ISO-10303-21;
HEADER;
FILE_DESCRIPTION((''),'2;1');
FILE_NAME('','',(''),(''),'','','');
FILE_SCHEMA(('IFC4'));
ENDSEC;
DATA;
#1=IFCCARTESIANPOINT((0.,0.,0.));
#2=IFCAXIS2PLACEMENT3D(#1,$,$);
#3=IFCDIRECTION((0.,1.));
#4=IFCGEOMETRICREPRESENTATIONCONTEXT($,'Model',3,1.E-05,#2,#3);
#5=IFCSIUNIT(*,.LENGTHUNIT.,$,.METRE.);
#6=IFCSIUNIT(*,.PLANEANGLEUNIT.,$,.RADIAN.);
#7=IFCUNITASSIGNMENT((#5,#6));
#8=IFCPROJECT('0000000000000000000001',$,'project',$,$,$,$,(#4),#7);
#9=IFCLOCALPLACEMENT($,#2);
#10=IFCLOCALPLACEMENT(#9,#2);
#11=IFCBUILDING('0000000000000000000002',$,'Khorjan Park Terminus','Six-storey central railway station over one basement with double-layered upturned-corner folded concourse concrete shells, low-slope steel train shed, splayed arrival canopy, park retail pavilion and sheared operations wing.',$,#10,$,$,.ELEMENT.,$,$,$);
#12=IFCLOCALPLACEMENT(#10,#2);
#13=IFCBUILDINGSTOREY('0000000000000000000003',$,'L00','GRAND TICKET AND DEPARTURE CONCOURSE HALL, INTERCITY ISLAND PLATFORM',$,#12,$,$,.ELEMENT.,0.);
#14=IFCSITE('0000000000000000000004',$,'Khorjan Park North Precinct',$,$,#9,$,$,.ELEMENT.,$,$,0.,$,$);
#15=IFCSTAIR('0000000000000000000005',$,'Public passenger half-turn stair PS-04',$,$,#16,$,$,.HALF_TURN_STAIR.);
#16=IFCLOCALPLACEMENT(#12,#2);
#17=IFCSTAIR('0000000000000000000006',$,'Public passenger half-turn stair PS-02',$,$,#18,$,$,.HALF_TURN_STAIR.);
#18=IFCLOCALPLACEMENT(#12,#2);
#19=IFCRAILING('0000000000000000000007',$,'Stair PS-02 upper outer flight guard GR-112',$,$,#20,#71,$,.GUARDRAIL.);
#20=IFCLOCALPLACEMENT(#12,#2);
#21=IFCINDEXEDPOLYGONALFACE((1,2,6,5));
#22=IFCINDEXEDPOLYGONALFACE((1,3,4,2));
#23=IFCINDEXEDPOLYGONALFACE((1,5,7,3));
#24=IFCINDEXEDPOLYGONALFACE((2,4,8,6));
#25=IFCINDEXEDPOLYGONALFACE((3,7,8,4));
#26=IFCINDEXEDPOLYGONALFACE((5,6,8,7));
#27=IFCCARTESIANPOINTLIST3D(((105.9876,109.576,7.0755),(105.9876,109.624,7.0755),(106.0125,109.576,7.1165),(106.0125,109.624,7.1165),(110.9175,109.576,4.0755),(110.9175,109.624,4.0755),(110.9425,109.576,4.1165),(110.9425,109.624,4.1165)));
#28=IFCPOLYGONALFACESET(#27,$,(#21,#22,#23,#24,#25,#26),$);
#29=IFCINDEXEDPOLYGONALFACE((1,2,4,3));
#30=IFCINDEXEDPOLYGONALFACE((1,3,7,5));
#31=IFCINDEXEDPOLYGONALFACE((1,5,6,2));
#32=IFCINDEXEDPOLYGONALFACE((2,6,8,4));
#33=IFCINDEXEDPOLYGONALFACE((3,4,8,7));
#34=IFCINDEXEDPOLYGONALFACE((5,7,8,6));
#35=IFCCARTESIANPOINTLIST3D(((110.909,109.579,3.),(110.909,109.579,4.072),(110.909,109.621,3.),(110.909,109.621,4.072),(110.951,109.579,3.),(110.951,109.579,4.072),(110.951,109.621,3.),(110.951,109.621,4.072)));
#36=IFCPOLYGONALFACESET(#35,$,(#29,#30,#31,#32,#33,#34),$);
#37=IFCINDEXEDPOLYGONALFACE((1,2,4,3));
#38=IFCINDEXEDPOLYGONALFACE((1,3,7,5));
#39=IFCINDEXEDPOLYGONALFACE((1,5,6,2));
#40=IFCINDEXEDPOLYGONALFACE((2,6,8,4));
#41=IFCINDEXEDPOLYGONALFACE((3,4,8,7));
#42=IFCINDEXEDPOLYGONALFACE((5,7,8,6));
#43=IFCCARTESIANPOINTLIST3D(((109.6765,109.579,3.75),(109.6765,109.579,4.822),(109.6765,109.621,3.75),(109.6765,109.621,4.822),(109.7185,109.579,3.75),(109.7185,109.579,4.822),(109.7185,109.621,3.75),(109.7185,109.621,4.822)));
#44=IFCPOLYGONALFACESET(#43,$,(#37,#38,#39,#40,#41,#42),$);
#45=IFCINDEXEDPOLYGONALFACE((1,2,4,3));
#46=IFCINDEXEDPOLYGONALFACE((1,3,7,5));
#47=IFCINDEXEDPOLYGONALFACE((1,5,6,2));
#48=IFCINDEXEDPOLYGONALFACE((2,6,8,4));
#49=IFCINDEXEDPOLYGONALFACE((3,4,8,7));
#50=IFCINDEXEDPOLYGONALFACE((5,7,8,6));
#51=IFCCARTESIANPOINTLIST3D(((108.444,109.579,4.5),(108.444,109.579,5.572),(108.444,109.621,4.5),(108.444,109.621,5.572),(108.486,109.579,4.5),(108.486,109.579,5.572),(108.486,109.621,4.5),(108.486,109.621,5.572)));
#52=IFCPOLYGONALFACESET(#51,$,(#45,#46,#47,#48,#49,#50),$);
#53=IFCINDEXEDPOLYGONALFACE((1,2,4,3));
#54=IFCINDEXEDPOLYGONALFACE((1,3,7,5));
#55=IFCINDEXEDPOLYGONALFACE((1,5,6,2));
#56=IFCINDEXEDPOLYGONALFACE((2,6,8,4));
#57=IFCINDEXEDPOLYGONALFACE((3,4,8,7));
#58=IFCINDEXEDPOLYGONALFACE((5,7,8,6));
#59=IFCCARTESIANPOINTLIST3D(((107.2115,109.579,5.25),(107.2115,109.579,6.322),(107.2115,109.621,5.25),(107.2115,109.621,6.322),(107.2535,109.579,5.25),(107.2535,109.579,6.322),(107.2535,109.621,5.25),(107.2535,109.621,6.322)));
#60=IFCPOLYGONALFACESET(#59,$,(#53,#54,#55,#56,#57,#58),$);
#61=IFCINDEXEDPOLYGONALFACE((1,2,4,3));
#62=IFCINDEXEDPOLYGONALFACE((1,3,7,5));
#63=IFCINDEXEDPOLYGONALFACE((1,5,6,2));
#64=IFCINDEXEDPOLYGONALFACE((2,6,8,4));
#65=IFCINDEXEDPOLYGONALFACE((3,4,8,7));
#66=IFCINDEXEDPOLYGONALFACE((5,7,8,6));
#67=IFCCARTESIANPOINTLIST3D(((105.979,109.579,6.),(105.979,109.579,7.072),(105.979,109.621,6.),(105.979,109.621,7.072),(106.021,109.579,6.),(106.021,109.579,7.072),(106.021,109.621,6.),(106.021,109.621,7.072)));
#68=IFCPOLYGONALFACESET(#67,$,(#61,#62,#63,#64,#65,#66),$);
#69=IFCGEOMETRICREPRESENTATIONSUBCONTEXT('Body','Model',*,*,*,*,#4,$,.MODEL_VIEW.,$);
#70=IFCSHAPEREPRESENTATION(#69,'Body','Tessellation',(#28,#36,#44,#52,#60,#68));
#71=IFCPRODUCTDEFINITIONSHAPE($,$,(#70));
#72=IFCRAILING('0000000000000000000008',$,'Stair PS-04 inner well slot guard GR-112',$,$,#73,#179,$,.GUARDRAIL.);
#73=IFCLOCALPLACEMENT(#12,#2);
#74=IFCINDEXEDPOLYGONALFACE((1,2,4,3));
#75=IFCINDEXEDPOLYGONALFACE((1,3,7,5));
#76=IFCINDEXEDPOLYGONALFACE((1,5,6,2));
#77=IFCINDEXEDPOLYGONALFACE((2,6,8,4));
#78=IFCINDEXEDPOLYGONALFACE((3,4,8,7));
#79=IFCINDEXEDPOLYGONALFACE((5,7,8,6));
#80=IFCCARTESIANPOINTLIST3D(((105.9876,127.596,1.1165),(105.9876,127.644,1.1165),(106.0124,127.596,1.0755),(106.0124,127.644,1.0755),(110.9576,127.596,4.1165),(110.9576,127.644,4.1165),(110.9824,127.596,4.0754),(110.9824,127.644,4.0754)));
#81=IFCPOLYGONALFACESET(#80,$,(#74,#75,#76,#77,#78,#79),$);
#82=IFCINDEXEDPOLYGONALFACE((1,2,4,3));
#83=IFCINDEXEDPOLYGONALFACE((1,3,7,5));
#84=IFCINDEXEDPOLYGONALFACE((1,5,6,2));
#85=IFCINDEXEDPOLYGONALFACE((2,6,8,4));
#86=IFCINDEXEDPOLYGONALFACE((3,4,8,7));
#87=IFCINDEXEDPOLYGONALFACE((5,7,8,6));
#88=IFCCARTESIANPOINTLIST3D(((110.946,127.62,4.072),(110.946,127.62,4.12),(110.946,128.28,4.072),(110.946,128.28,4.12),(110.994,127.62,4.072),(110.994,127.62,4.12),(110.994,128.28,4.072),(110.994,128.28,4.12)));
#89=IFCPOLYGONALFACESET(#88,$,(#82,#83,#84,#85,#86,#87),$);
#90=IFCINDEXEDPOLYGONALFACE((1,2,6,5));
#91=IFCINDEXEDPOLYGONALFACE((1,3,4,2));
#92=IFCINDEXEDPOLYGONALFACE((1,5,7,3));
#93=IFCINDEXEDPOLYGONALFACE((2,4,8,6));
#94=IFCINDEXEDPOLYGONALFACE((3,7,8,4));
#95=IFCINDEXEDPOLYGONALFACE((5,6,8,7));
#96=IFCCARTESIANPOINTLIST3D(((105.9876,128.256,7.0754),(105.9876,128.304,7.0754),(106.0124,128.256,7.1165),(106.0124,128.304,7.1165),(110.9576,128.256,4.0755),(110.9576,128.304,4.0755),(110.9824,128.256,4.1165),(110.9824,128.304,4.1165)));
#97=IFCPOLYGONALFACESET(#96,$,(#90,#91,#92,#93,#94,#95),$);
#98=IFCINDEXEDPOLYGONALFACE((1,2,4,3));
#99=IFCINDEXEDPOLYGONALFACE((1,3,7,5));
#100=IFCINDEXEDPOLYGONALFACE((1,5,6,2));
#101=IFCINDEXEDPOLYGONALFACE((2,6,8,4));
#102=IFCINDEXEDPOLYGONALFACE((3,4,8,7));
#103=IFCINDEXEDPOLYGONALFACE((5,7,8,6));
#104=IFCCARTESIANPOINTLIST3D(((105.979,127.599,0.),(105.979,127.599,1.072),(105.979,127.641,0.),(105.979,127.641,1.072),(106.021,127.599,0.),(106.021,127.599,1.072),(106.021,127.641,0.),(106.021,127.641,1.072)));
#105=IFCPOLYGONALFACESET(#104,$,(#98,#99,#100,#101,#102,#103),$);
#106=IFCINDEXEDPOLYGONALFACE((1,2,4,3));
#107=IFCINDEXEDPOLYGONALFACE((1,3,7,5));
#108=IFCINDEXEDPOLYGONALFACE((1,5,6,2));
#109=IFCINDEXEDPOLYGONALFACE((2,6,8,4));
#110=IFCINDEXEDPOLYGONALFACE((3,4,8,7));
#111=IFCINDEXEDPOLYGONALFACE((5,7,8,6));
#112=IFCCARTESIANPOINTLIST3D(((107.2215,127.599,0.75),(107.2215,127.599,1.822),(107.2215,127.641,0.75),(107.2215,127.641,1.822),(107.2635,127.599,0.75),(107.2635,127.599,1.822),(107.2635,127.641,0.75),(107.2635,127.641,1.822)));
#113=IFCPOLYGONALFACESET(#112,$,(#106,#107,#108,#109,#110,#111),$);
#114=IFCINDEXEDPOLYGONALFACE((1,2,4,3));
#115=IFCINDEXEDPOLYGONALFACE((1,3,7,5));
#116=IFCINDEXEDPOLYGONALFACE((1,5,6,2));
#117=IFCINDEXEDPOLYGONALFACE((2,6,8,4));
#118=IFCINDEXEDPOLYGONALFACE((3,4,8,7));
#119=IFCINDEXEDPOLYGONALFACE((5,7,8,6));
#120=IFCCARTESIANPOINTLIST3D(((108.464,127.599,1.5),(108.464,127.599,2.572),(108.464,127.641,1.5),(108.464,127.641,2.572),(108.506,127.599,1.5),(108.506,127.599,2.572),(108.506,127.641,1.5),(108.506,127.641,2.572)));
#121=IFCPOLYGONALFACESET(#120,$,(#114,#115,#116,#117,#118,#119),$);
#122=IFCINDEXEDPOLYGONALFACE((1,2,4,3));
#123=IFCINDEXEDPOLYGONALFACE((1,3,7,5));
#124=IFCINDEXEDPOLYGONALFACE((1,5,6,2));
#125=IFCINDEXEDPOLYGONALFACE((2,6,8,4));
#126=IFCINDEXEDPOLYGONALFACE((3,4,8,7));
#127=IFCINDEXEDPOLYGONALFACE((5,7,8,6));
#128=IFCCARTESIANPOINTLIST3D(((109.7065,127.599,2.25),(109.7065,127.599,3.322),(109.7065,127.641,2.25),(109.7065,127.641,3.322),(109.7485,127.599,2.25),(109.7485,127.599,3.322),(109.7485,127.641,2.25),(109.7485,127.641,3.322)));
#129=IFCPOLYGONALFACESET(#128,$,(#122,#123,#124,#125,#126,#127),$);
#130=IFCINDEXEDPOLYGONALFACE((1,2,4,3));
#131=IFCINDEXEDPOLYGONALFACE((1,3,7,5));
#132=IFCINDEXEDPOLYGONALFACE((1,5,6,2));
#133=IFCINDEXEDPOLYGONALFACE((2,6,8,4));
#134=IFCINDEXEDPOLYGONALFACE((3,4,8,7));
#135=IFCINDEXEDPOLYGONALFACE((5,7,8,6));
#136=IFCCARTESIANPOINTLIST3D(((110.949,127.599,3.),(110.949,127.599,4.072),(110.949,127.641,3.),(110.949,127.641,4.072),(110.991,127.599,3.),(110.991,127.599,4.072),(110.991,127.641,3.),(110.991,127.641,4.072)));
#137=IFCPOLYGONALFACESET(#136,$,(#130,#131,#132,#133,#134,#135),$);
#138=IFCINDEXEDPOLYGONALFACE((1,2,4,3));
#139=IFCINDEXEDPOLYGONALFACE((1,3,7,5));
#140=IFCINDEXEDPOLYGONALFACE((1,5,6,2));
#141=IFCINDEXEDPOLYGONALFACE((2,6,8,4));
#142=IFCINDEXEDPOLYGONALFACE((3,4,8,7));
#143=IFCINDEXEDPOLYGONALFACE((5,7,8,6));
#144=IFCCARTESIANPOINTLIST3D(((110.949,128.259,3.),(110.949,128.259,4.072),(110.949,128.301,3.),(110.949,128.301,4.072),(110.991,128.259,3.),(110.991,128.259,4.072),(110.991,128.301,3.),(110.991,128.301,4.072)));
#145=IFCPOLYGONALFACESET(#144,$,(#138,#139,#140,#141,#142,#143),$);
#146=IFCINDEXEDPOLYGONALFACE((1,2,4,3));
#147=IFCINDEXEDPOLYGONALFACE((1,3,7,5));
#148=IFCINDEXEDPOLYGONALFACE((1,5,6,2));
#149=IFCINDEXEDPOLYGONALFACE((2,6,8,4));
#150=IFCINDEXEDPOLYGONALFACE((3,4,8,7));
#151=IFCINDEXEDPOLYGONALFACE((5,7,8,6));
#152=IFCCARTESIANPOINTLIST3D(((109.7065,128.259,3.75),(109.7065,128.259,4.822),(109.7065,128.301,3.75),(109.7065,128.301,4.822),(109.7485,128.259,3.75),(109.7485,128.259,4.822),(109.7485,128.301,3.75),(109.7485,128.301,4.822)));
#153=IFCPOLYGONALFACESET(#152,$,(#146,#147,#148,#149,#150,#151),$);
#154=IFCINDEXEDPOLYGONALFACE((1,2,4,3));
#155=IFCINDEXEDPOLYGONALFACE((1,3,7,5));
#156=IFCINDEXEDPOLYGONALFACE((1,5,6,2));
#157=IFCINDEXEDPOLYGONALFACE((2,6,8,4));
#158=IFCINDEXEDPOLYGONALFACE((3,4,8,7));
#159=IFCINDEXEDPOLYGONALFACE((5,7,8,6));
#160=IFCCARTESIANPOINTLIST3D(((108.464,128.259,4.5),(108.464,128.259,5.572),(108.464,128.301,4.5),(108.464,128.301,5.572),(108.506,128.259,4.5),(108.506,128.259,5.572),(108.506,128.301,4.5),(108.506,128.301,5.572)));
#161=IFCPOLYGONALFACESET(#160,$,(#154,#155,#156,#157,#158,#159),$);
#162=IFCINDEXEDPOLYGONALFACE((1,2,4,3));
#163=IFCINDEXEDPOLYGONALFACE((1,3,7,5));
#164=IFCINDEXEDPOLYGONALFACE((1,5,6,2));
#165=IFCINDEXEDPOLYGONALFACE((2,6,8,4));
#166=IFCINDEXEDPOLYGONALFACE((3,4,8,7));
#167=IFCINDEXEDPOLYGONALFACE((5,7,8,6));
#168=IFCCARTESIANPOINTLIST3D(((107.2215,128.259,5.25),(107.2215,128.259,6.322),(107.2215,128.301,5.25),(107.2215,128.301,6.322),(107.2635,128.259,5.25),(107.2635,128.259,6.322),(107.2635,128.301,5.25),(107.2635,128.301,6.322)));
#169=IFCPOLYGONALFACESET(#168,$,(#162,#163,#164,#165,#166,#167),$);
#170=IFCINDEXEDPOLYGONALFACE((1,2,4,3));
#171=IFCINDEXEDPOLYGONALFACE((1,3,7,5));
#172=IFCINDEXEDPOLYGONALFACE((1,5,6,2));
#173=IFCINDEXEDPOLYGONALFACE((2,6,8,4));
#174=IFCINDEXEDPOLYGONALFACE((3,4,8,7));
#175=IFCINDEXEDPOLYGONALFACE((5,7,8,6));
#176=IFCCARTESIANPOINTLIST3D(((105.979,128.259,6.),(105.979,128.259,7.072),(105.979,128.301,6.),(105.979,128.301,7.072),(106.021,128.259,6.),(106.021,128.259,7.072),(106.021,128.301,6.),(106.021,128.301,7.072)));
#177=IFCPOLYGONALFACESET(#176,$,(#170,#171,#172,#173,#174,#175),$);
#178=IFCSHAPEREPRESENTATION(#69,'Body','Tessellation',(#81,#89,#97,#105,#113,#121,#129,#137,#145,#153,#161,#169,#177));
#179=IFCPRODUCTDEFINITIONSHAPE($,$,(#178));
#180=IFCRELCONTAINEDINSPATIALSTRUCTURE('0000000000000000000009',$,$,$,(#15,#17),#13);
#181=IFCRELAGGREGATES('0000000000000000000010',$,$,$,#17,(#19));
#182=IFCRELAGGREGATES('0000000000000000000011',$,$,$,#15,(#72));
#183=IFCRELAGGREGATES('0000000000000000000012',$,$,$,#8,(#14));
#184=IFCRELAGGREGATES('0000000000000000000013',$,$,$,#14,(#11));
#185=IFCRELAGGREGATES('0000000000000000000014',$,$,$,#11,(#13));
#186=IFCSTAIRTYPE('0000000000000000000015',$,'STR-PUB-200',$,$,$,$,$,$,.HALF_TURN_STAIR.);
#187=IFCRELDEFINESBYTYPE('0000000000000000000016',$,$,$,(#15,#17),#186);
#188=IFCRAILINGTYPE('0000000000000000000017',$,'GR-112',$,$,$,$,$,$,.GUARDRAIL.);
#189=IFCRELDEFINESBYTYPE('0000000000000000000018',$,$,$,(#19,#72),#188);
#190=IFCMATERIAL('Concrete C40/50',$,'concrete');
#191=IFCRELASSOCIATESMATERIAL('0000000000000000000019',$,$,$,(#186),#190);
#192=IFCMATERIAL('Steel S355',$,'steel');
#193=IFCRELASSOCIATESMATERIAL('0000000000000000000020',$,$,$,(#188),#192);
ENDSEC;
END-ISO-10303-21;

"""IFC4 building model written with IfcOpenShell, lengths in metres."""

from ifc_helpers import new_model, si_unit, direction, frame, origin, origin_2d, place, context, subcontext, project, spatial, rectangle, extrude, material, type_object, element, aggregate, save


model = new_model("IFC4")

# Units and contexts
model_context = context("Model", 3, precision=1e-05, world=origin(), true_north=direction((0.0, 1.0)))
body_context = subcontext(model_context, "Body", "Model", "MODEL_VIEW")
ifc_project = project(units=[si_unit("LENGTHUNIT", "METRE"), si_unit("PLANEANGLEUNIT", "RADIAN")], contexts=[model_context])

# Site, building, storey
site_placement = place(None, origin())
site = spatial("IfcSite", under=ifc_project, at=site_placement, Name="Khorjan Park North Precinct", CompositionType="ELEMENT", RefElevation=0.0)
building_placement = place(site_placement, origin())
building = spatial("IfcBuilding", under=site, at=building_placement, Name="Khorjan Park Terminus", Description="Six-storey central railway station over one basement with double-layered upturned-corner folded concourse concrete shells, low-slope steel train shed, splayed arrival canopy, park retail pavilion and sheared operations wing.", CompositionType="ELEMENT")
storey_placement = place(building_placement, origin())
storey = spatial("IfcBuildingStorey", under=building, at=storey_placement, Name="L00", Description="GRAND TICKET AND DEPARTURE CONCOURSE HALL, INTERCITY ISLAND PLATFORM", CompositionType="ELEMENT", Elevation=0.0)

# Shared definitions
ifc_material_1 = material(Name="Steel S355", Category="steel")

# Stair
ifc_material_2 = material(Name="Concrete C40/50", Category="concrete")
stair_type = type_object("IfcStairType", Name="STR-PUB-200", PredefinedType="HALF_TURN_STAIR", material=ifc_material_2)
stair_1_placement = place(storey_placement, origin())
stair_1 = element("IfcStair", 1, at=stair_1_placement, inside=storey, type_object=stair_type, Name="Public passenger half-turn stair PS-04", PredefinedType="HALF_TURN_STAIR")

# Stair, railing
stair_2_placement = place(storey_placement, origin())
stair_2 = element("IfcStair", 2, at=stair_2_placement, inside=storey, type_object=stair_type, Name="Public passenger half-turn stair PS-02", PredefinedType="HALF_TURN_STAIR")
railing_type_1 = type_object("IfcRailingType", Name="GR-112", PredefinedType="GUARDRAIL", material=ifc_material_1)
railing_1_placement = place(storey_placement, frame((110.93, 109.6, 3.0)))
railing_1 = element("IfcRailing", 3, at=railing_1_placement, type_object=railing_type_1, Name="Stair PS-02 upper outer flight guard GR-112", PredefinedType="GUARDRAIL", context=body_context, shape_type="SweptSolid", body=[
    extrude(rectangle(XDim=0.048, YDim=0.048, at=origin_2d()), frame((0.0, 0.0, 1.096), z_axis=(-0.854265, 0.0, 0.519837), x_axis=(0.0, -1.0, 0.0)), (0.0, 0.0, 1.0), 5.771),
    extrude(rectangle(XDim=0.042, YDim=0.042, at=origin_2d()), origin(), (0.0, 0.0, 1.0), 1.072),
    extrude(rectangle(XDim=0.042, YDim=0.042, at=origin_2d()), frame((-1.2325, 0.0, 0.75)), (0.0, 0.0, 1.0), 1.072),
    extrude(rectangle(XDim=0.042, YDim=0.042, at=origin_2d()), frame((-2.465, 0.0, 1.5)), (0.0, 0.0, 1.0), 1.072),
    extrude(rectangle(XDim=0.042, YDim=0.042, at=origin_2d()), frame((-3.6975, 0.0, 2.25)), (0.0, 0.0, 1.0), 1.072),
    extrude(rectangle(XDim=0.042, YDim=0.042, at=origin_2d()), frame((-4.93, 0.0, 3.0)), (0.0, 0.0, 1.0), 1.072),
])
aggregate(stair_2, [railing_1])

# Railing
railing_2_placement = place(storey_placement, frame((106.0, 127.62, 0.0)))
railing_2 = element("IfcRailing", 4, at=railing_2_placement, type_object=railing_type_1, Name="Stair PS-04 inner well slot guard GR-112", PredefinedType="GUARDRAIL", context=body_context, shape_type="SweptSolid", body=[
    extrude(rectangle(XDim=0.048, YDim=0.048, at=origin_2d()), frame((0.0, 0.0, 1.096), z_axis=(0.856122, 0.0, 0.516774), x_axis=(0.0, 1.0, 0.0)), (0.0, 0.0, 1.0), 5.8052),
    extrude(rectangle(XDim=0.048, YDim=0.048, at=origin_2d()), frame((4.97, 0.0, 4.096), z_axis=(0.0, 1.0, 0.0), x_axis=(-1.0, 0.0, 0.0)), (0.0, 0.0, 1.0), 0.66),
    extrude(rectangle(XDim=0.048, YDim=0.048, at=origin_2d()), frame((4.97, 0.66, 4.096), z_axis=(-0.856122, 0.0, 0.516774), x_axis=(0.0, -1.0, 0.0)), (0.0, 0.0, 1.0), 5.8052),
    extrude(rectangle(XDim=0.042, YDim=0.042, at=origin_2d()), origin(), (0.0, 0.0, 1.0), 1.072),
    extrude(rectangle(XDim=0.042, YDim=0.042, at=origin_2d()), frame((1.2425, 0.0, 0.75)), (0.0, 0.0, 1.0), 1.072),
    extrude(rectangle(XDim=0.042, YDim=0.042, at=origin_2d()), frame((2.485, 0.0, 1.5)), (0.0, 0.0, 1.0), 1.072),
    extrude(rectangle(XDim=0.042, YDim=0.042, at=origin_2d()), frame((3.7275, 0.0, 2.25)), (0.0, 0.0, 1.0), 1.072),
    extrude(rectangle(XDim=0.042, YDim=0.042, at=origin_2d()), frame((4.97, 0.0, 3.0)), (0.0, 0.0, 1.0), 1.072),
    extrude(rectangle(XDim=0.042, YDim=0.042, at=origin_2d()), frame((4.97, 0.66, 3.0)), (0.0, 0.0, 1.0), 1.072),
    extrude(rectangle(XDim=0.042, YDim=0.042, at=origin_2d()), frame((3.7275, 0.66, 3.75)), (0.0, 0.0, 1.0), 1.072),
    extrude(rectangle(XDim=0.042, YDim=0.042, at=origin_2d()), frame((2.485, 0.66, 4.5)), (0.0, 0.0, 1.0), 1.072),
    extrude(rectangle(XDim=0.042, YDim=0.042, at=origin_2d()), frame((1.2425, 0.66, 5.25)), (0.0, 0.0, 1.0), 1.072),
    extrude(rectangle(XDim=0.042, YDim=0.042, at=origin_2d()), frame((0.0, 0.66, 6.0)), (0.0, 0.0, 1.0), 1.072),
])
aggregate(stair_1, [railing_2])

save(model, "model.ifc")
